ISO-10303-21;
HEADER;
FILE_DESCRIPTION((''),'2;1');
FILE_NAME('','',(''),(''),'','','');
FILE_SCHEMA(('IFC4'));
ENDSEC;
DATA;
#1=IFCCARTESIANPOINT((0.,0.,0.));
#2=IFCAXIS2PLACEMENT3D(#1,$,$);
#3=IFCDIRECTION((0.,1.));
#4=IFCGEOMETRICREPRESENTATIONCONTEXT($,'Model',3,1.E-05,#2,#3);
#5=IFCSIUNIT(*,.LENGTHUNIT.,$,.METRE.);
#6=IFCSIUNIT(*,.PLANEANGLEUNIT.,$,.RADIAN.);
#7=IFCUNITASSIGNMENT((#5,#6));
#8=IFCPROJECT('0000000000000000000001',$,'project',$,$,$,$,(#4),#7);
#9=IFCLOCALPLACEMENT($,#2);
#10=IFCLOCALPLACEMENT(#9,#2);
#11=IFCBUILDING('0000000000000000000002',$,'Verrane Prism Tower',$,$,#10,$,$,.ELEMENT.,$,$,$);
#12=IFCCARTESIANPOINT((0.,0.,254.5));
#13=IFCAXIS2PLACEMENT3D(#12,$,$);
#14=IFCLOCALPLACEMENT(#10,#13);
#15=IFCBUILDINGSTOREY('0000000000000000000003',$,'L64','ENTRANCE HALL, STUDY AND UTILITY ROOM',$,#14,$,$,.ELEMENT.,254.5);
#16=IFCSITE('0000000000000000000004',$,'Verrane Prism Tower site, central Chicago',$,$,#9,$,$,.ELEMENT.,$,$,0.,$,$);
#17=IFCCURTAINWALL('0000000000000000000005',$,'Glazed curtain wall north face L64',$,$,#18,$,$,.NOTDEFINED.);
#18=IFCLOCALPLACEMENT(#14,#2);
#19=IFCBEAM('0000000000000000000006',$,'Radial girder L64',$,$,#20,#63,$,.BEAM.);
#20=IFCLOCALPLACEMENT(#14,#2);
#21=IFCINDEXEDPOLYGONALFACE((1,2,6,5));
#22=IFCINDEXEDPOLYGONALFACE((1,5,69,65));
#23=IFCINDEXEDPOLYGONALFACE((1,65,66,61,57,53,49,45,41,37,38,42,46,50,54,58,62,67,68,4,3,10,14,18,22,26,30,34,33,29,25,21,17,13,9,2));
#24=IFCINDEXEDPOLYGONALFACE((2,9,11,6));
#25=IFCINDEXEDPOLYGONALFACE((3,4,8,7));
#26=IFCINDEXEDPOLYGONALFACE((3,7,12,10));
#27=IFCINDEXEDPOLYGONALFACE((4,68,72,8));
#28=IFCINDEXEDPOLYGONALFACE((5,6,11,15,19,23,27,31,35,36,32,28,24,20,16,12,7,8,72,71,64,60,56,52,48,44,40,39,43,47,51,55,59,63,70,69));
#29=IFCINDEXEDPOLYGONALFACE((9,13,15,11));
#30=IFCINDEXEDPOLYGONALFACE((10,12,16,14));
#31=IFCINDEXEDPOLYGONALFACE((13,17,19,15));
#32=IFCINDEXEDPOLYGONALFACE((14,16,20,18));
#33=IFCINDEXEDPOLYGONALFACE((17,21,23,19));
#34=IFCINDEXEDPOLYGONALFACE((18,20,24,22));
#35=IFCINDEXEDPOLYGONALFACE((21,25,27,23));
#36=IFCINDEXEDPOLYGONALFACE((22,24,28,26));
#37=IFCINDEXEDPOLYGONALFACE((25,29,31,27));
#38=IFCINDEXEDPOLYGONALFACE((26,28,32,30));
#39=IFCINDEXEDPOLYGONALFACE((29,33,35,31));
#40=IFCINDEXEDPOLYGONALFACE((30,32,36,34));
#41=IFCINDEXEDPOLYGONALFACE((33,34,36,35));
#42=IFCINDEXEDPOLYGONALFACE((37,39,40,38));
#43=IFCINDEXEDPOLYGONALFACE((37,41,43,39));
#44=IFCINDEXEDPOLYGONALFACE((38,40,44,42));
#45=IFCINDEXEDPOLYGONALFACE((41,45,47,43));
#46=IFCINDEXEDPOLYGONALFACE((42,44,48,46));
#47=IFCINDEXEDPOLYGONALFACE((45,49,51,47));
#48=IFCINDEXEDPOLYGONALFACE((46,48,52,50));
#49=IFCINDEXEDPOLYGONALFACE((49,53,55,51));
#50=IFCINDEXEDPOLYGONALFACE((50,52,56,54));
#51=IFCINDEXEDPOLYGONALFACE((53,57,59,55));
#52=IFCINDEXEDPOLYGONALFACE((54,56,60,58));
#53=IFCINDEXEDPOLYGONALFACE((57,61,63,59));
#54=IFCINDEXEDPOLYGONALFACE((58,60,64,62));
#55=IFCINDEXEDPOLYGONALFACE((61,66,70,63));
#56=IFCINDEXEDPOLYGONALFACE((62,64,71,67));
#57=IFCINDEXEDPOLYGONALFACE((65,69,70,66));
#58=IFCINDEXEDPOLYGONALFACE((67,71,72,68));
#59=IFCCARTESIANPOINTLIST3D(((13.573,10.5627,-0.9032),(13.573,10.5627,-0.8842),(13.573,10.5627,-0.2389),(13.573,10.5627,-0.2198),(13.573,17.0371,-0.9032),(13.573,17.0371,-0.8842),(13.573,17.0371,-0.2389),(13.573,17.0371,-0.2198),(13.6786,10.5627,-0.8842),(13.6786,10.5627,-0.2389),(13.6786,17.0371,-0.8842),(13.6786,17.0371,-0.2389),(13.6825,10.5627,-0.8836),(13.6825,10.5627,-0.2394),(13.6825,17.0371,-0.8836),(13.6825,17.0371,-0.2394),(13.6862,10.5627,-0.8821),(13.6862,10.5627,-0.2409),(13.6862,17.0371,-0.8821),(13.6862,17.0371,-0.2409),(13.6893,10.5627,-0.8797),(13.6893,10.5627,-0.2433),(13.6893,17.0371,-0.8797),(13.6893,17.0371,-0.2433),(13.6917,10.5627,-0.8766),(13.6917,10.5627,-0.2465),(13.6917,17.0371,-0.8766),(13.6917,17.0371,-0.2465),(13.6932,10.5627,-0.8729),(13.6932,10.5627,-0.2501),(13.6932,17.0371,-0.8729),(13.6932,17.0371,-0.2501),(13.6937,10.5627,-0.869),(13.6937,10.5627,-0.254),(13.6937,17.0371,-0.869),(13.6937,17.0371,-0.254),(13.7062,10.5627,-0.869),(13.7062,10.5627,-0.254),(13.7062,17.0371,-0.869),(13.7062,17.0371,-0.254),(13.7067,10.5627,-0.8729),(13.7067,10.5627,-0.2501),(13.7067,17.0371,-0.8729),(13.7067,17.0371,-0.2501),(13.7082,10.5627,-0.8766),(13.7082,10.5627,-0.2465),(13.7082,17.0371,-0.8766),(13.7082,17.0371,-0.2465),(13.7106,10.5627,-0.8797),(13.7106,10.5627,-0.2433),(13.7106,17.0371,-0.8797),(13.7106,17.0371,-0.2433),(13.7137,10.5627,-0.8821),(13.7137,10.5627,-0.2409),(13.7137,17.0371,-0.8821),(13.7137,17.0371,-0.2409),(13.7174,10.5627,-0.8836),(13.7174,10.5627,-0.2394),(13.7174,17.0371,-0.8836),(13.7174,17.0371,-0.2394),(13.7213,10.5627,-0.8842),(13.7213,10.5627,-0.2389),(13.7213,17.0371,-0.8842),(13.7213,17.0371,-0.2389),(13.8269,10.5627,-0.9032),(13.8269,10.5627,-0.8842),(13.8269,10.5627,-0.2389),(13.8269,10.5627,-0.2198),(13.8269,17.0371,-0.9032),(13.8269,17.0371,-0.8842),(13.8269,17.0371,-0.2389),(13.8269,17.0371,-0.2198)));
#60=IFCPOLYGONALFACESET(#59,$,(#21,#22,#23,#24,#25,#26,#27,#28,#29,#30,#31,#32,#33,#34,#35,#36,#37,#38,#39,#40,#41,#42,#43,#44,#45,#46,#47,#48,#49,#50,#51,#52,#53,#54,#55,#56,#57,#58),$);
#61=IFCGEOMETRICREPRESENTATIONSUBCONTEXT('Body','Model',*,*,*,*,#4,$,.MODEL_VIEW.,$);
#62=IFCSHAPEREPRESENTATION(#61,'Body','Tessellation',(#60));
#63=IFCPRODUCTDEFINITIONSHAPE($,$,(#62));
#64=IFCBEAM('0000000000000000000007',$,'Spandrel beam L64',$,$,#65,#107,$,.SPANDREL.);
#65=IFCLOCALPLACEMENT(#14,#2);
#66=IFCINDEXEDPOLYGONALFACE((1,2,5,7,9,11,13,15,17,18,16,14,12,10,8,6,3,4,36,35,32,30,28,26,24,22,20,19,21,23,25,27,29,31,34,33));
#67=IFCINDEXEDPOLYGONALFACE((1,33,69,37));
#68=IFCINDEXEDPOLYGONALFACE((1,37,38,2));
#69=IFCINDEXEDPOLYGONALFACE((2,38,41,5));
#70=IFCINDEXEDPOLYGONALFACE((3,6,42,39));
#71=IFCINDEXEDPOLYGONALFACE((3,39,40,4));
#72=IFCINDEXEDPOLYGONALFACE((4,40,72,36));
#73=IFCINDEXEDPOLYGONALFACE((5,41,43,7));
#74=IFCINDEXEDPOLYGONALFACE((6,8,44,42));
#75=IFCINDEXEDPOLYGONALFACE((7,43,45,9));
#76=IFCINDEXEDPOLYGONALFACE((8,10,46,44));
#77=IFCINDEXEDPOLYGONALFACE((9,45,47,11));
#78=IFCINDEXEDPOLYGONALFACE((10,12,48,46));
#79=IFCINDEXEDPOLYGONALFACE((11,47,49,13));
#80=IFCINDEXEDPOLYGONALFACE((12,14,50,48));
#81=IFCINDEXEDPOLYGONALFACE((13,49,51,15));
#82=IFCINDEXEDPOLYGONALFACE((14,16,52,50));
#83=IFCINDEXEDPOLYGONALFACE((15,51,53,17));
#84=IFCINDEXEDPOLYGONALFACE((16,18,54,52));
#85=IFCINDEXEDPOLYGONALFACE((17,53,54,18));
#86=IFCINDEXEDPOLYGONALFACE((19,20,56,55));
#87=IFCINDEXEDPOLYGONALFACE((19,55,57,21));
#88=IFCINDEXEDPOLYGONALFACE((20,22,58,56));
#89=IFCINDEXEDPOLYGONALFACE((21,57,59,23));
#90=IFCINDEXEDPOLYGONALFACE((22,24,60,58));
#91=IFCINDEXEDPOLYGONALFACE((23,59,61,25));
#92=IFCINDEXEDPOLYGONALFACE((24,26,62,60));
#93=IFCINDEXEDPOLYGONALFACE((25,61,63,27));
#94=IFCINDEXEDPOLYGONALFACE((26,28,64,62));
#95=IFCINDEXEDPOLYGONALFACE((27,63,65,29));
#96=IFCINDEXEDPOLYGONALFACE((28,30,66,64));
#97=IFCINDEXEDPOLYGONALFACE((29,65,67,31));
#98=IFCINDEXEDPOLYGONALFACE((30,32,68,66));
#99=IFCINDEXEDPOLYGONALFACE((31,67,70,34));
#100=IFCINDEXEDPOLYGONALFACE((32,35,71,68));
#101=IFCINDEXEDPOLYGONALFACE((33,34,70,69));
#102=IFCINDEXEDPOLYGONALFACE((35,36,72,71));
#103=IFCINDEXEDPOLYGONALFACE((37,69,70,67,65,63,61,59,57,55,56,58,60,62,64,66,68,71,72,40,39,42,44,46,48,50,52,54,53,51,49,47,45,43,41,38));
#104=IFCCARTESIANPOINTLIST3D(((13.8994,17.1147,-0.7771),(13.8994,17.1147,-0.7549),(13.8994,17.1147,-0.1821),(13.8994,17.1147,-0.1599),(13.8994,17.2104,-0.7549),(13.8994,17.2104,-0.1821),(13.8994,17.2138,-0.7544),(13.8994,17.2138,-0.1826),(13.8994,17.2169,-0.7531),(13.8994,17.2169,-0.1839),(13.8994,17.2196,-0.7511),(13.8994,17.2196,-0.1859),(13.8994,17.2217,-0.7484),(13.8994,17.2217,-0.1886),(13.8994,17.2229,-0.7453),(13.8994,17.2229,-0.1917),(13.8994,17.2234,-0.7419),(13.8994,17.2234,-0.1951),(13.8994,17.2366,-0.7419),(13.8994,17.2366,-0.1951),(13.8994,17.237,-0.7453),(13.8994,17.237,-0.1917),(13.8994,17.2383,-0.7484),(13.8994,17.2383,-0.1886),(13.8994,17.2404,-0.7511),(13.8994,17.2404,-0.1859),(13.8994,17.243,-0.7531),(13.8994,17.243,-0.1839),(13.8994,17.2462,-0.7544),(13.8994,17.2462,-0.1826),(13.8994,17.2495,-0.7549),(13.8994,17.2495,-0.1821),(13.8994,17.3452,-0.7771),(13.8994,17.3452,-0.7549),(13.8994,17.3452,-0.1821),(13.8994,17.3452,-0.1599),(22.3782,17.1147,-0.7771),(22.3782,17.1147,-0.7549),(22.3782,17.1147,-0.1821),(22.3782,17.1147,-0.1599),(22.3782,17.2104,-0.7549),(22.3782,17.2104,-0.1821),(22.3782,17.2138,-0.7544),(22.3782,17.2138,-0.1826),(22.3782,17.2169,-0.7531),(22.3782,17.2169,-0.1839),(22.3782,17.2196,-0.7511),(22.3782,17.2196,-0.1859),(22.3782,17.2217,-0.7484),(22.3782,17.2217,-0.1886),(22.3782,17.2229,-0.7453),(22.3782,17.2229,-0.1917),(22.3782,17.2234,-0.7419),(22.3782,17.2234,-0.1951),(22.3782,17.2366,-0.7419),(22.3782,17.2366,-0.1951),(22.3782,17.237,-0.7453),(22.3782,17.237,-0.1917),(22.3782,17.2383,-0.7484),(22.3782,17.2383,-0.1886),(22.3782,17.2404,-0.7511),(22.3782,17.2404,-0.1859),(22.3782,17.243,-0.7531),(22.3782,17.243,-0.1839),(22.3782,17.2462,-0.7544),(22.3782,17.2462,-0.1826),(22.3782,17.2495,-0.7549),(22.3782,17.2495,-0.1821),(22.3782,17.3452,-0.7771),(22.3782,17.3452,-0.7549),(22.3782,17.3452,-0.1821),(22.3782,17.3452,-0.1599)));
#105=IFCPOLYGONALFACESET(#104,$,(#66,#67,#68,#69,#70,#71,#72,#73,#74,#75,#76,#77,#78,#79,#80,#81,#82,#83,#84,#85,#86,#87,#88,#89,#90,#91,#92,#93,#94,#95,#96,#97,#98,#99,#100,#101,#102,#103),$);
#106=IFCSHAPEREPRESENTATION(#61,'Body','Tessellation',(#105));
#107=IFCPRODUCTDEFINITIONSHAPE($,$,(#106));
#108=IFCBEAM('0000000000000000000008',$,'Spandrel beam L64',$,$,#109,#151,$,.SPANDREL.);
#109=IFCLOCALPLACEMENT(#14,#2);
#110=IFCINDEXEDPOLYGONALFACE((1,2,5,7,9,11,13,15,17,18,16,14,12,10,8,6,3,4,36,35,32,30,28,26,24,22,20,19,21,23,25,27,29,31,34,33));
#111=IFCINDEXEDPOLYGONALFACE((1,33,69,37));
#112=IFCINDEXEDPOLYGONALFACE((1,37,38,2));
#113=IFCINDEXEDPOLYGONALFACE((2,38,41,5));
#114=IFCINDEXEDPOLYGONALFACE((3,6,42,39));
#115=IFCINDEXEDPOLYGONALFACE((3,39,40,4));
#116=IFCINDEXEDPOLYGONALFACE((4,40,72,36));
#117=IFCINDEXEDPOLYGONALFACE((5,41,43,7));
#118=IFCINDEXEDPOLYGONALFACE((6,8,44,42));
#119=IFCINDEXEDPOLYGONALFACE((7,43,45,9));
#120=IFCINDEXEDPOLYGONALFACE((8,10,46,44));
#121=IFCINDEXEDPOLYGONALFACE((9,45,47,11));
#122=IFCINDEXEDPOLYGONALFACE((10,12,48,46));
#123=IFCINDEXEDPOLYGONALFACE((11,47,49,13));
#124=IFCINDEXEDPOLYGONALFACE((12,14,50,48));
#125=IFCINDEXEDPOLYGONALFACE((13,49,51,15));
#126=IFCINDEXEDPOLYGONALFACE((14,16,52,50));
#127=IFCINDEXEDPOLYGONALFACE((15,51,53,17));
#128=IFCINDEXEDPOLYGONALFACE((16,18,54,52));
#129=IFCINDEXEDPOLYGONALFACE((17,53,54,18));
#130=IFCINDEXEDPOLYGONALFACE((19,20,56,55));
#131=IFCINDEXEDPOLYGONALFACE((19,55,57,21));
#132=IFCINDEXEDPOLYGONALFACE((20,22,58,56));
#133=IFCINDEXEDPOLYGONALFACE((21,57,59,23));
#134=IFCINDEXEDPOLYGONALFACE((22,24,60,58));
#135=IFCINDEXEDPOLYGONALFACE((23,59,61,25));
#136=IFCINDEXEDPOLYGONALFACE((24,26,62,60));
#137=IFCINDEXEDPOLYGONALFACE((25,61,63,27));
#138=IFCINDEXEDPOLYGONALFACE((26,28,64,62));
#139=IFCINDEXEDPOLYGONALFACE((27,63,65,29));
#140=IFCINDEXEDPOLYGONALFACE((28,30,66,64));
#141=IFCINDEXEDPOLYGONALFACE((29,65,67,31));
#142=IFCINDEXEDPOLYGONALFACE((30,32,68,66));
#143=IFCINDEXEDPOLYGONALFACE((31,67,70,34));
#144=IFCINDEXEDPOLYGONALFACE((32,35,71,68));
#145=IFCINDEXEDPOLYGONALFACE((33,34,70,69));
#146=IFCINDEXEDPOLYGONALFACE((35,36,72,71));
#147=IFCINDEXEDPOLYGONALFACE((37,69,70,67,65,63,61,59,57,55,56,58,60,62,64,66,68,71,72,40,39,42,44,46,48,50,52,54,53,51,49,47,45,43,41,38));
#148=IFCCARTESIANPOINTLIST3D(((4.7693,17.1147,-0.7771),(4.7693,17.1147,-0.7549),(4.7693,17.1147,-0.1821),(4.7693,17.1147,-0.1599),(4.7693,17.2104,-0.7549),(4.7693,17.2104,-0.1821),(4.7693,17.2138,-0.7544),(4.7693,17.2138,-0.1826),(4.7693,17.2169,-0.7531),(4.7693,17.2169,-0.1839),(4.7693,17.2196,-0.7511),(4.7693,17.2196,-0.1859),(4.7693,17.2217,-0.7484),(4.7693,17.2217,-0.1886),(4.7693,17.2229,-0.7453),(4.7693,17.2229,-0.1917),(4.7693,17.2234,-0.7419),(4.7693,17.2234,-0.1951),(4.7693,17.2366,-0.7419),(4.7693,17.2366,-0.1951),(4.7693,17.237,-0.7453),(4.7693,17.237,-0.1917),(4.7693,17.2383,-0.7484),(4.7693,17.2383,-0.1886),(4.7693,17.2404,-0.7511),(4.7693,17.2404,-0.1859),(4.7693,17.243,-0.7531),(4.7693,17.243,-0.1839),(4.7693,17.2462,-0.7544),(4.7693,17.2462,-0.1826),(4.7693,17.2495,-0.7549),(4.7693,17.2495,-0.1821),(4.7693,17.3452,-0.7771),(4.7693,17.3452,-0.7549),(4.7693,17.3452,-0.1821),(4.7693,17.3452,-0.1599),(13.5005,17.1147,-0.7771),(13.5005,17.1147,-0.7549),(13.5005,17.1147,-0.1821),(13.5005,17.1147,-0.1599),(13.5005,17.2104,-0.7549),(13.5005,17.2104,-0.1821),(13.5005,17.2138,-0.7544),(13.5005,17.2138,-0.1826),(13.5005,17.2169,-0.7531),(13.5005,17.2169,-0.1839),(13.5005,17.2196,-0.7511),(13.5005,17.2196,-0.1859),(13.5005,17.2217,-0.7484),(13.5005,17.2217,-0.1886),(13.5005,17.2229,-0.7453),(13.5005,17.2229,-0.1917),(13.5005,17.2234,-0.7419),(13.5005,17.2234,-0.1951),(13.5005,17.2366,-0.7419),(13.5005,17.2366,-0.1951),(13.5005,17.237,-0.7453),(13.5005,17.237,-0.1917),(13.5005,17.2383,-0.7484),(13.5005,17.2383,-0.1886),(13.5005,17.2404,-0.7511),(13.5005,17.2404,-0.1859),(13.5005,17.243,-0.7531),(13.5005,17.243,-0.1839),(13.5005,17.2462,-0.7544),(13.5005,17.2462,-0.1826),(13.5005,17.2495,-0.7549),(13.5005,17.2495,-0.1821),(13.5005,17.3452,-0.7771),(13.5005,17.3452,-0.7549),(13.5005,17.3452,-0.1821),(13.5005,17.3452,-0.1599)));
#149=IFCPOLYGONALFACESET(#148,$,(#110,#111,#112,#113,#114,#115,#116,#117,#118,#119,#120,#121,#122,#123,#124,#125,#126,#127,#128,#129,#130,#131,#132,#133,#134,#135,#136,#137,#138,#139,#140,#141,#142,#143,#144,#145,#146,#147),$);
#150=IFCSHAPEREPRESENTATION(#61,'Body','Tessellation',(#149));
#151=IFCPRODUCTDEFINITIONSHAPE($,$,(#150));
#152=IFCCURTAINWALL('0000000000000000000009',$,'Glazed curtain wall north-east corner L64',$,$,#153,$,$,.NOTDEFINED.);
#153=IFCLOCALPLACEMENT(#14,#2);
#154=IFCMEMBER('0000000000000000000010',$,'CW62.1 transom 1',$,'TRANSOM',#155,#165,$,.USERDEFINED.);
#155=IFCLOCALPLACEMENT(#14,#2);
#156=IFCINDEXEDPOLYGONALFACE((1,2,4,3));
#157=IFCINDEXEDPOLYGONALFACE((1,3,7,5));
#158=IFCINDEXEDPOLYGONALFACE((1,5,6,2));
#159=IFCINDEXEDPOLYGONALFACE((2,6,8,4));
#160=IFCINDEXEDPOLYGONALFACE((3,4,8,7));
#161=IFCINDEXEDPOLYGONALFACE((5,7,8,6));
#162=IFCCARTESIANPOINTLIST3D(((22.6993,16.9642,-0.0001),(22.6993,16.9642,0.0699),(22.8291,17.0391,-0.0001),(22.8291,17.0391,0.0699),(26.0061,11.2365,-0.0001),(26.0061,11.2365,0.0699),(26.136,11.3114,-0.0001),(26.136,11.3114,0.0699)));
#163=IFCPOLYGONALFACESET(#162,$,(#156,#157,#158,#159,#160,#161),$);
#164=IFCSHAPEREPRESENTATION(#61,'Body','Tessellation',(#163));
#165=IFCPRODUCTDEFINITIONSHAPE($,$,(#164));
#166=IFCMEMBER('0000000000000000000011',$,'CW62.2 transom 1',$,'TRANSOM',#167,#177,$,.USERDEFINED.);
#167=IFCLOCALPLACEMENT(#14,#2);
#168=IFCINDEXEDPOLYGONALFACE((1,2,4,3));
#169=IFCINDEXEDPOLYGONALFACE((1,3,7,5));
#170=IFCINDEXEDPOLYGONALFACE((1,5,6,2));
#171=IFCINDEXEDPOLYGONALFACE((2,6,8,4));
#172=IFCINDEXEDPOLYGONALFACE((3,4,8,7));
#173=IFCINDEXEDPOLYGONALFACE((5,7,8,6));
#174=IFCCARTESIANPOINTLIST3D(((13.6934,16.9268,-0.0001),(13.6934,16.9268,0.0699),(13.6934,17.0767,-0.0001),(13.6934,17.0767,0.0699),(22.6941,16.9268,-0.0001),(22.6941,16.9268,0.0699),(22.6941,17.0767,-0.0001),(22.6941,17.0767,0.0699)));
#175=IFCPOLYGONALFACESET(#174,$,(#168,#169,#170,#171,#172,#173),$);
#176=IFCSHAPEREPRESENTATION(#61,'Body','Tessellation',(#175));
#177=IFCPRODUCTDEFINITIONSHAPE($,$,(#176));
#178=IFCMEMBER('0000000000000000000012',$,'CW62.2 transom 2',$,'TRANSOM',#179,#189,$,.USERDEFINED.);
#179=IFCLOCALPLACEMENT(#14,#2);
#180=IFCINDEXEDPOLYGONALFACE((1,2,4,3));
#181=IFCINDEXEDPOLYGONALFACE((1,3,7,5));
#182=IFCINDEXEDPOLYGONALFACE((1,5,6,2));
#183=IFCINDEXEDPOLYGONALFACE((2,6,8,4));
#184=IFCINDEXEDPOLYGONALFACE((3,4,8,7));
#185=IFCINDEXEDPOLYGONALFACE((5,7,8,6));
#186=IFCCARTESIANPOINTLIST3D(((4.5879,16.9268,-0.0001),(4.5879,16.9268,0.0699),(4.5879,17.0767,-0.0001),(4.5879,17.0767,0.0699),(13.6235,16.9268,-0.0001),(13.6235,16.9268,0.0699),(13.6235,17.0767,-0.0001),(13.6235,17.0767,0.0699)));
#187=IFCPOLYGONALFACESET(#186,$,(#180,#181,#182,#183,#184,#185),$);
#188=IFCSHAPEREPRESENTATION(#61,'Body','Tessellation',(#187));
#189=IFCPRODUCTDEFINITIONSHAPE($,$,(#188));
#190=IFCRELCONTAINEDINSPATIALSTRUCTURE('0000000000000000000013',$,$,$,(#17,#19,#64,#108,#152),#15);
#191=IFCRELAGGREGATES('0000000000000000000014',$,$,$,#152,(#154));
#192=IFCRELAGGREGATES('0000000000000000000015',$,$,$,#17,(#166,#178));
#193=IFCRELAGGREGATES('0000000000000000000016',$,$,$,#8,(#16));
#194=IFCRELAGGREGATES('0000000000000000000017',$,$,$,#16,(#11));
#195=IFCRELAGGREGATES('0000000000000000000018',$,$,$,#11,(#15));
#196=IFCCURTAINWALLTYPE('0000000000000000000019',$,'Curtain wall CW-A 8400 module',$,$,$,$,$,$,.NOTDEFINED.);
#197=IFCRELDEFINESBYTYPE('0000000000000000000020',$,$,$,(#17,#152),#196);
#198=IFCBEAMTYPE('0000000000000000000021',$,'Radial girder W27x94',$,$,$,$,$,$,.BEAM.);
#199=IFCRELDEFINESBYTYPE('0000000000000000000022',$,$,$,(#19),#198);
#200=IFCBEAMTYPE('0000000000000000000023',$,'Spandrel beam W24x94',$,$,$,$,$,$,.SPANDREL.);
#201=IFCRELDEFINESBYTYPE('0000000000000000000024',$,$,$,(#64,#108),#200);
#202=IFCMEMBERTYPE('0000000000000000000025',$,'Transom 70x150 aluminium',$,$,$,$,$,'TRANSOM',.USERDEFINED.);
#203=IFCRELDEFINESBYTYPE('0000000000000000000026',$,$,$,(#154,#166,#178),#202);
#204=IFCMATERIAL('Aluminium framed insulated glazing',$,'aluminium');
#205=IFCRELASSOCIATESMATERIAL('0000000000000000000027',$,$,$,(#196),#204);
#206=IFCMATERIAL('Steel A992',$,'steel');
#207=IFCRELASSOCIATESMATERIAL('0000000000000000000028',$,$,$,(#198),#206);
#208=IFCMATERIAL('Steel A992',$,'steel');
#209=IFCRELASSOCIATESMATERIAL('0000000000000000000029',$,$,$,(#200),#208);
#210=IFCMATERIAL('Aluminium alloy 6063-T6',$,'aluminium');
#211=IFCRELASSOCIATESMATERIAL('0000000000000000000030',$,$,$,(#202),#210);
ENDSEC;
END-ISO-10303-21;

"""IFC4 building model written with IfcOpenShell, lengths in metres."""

from ifc_helpers import new_model, si_unit, direction, frame, origin, origin_2d, place, context, subcontext, project, spatial, rectangle, i_section, extrude, material, material_profile, profile_set, type_object, element, aggregate, save


model = new_model("IFC4")

# Units and contexts
model_context = context("Model", 3, precision=1e-05, world=origin(), true_north=direction((0.0, 1.0)))
body_context = subcontext(model_context, "Body", "Model", "MODEL_VIEW")
ifc_project = project(units=[si_unit("LENGTHUNIT", "METRE"), si_unit("PLANEANGLEUNIT", "RADIAN")], contexts=[model_context])

# Site, building, storey
site_placement = place(None, origin())
site = spatial("IfcSite", under=ifc_project, at=site_placement, Name="Verrane Prism Tower site, central Chicago", CompositionType="ELEMENT", RefElevation=0.0)
building_placement = place(site_placement, origin())
building = spatial("IfcBuilding", under=site, at=building_placement, Name="Verrane Prism Tower", CompositionType="ELEMENT")
storey_placement = place(building_placement, frame((0.0, 0.0, 254.5)))
storey = spatial("IfcBuildingStorey", under=building, at=storey_placement, Name="L64", Description="ENTRANCE HALL, STUDY AND UTILITY ROOM", CompositionType="ELEMENT", Elevation=254.5)

# Curtain wall
ifc_material_1 = material(Name="Aluminium framed insulated glazing", Category="aluminium")
curtain_wall_type = type_object("IfcCurtainWallType", Name="Curtain wall CW-A 8400 module", PredefinedType="NOTDEFINED", material=ifc_material_1)
curtain_wall_1_placement = place(storey_placement, origin())
curtain_wall_1 = element("IfcCurtainWall", 1, at=curtain_wall_1_placement, inside=storey, type_object=curtain_wall_type, Name="Glazed curtain wall north face L64", PredefinedType="NOTDEFINED")

# Beams
ifc_material_2 = material(Name="Steel A992", Category="steel")
ifc_material_profile_1 = material_profile(ifc_material_2, i_section(OverallWidth=0.2539, OverallDepth=0.6833, WebThickness=0.0125, FlangeThickness=0.019, FilletRadius=0.0151, at=origin_2d()), Name="W27x94")
ifc_profile_set_1 = profile_set([ifc_material_profile_1], Name="Steel A992")
beam_type_1 = type_object("IfcBeamType", Name="Radial girder W27x94", PredefinedType="BEAM", material=ifc_profile_set_1)
beam_1_placement = place(storey_placement, frame((13.7, 17.0371, -0.5615), z_axis=(0.0, -1.0, 0.0), x_axis=(1.0, 0.0, 0.0)))
element("IfcBeam", 2, at=beam_1_placement, inside=storey, type_object=beam_type_1, Name="Radial girder L64", PredefinedType="BEAM", context=body_context, shape_type="SweptSolid", body=[
    extrude(i_section(OverallWidth=0.2539, OverallDepth=0.6833, WebThickness=0.0125, FlangeThickness=0.019, FilletRadius=0.0151, at=origin_2d()), origin(), (0.0, 0.0, 1.0), 6.4744),
])
ifc_material_3 = material(Name="Steel A992", Category="steel")
ifc_material_profile_2 = material_profile(ifc_material_3, i_section(OverallWidth=0.2305, OverallDepth=0.6172, WebThickness=0.0132, FlangeThickness=0.0222, FilletRadius=0.0129, at=origin_2d()), Name="W24x94")
ifc_profile_set_2 = profile_set([ifc_material_profile_2], Name="Steel A992")
beam_type_2 = type_object("IfcBeamType", Name="Spandrel beam W24x94", PredefinedType="SPANDREL", material=ifc_profile_set_2)
beam_2_placement = place(storey_placement, frame((22.3782, 17.23, -0.4685), z_axis=(-1.0, 0.0, 0.0), x_axis=(0.0, -1.0, 0.0)))
element("IfcBeam", 3, at=beam_2_placement, inside=storey, type_object=beam_type_2, Name="Spandrel beam L64", PredefinedType="SPANDREL", context=body_context, shape_type="SweptSolid", body=[
    extrude(i_section(OverallWidth=0.2305, OverallDepth=0.6172, WebThickness=0.0132, FlangeThickness=0.0222, FilletRadius=0.0129, at=origin_2d()), origin(), (0.0, 0.0, 1.0), 8.4788),
])
beam_3_placement = place(storey_placement, frame((13.5005, 17.23, -0.4685), z_axis=(-1.0, 0.0, 0.0), x_axis=(0.0, -1.0, 0.0)))
element("IfcBeam", 4, at=beam_3_placement, inside=storey, type_object=beam_type_2, Name="Spandrel beam L64", PredefinedType="SPANDREL", context=body_context, shape_type="SweptSolid", body=[
    extrude(i_section(OverallWidth=0.2305, OverallDepth=0.6172, WebThickness=0.0132, FlangeThickness=0.0222, FilletRadius=0.0129, at=origin_2d()), origin(), (0.0, 0.0, 1.0), 8.7312),
])

# Curtain wall, member
curtain_wall_2_placement = place(storey_placement, origin())
curtain_wall_2 = element("IfcCurtainWall", 5, at=curtain_wall_2_placement, inside=storey, type_object=curtain_wall_type, Name="Glazed curtain wall north-east corner L64", PredefinedType="NOTDEFINED")
ifc_material_4 = material(Name="Aluminium alloy 6063-T6", Category="aluminium")
ifc_material_profile_3 = material_profile(ifc_material_4, rectangle(XDim=0.1499, YDim=0.0701, at=origin_2d()), Name="Transom 70x150 aluminium")
ifc_profile_set_3 = profile_set([ifc_material_profile_3], Name="Aluminium alloy 6063-T6")
member_type_1 = type_object("IfcMemberType", Name="Transom 70x150 aluminium", ElementType="TRANSOM", PredefinedType="USERDEFINED", material=ifc_profile_set_3)
member_1_placement = place(storey_placement, frame((26.071, 11.2739, 0.0349), z_axis=(-0.499994, 0.866029, 0.0), x_axis=(-0.866029, -0.499994, 0.0)))
member_1 = element("IfcMember", 6, at=member_1_placement, type_object=member_type_1, Name="CW62.1 transom 1", ObjectType="TRANSOM", PredefinedType="USERDEFINED", context=body_context, shape_type="SweptSolid", body=[
    extrude(rectangle(XDim=0.1499, YDim=0.0701, at=origin_2d()), origin(), (0.0, 0.0, 1.0), 6.6138),
])

# Members
member_2_placement = place(storey_placement, frame((22.6941, 17.0017, 0.0349), z_axis=(-1.0, 0.0, 0.0), x_axis=(0.0, -1.0, 0.0)))
member_2 = element("IfcMember", 7, at=member_2_placement, type_object=member_type_1, Name="CW62.2 transom 1", ObjectType="TRANSOM", PredefinedType="USERDEFINED", context=body_context, shape_type="SweptSolid", body=[
    extrude(rectangle(XDim=0.1499, YDim=0.0701, at=origin_2d()), origin(), (0.0, 0.0, 1.0), 9.0007),
])
member_3_placement = place(storey_placement, frame((13.6235, 17.0017, 0.0349), z_axis=(-1.0, 0.0, 0.0), x_axis=(0.0, -1.0, 0.0)))
member_3 = element("IfcMember", 8, at=member_3_placement, type_object=member_type_1, Name="CW62.2 transom 2", ObjectType="TRANSOM", PredefinedType="USERDEFINED", context=body_context, shape_type="SweptSolid", body=[
    extrude(rectangle(XDim=0.1499, YDim=0.0701, at=origin_2d()), origin(), (0.0, 0.0, 1.0), 9.0356),
])

aggregate(curtain_wall_2, [member_1])
aggregate(curtain_wall_1, [member_2, member_3])

save(model, "model.ifc")
